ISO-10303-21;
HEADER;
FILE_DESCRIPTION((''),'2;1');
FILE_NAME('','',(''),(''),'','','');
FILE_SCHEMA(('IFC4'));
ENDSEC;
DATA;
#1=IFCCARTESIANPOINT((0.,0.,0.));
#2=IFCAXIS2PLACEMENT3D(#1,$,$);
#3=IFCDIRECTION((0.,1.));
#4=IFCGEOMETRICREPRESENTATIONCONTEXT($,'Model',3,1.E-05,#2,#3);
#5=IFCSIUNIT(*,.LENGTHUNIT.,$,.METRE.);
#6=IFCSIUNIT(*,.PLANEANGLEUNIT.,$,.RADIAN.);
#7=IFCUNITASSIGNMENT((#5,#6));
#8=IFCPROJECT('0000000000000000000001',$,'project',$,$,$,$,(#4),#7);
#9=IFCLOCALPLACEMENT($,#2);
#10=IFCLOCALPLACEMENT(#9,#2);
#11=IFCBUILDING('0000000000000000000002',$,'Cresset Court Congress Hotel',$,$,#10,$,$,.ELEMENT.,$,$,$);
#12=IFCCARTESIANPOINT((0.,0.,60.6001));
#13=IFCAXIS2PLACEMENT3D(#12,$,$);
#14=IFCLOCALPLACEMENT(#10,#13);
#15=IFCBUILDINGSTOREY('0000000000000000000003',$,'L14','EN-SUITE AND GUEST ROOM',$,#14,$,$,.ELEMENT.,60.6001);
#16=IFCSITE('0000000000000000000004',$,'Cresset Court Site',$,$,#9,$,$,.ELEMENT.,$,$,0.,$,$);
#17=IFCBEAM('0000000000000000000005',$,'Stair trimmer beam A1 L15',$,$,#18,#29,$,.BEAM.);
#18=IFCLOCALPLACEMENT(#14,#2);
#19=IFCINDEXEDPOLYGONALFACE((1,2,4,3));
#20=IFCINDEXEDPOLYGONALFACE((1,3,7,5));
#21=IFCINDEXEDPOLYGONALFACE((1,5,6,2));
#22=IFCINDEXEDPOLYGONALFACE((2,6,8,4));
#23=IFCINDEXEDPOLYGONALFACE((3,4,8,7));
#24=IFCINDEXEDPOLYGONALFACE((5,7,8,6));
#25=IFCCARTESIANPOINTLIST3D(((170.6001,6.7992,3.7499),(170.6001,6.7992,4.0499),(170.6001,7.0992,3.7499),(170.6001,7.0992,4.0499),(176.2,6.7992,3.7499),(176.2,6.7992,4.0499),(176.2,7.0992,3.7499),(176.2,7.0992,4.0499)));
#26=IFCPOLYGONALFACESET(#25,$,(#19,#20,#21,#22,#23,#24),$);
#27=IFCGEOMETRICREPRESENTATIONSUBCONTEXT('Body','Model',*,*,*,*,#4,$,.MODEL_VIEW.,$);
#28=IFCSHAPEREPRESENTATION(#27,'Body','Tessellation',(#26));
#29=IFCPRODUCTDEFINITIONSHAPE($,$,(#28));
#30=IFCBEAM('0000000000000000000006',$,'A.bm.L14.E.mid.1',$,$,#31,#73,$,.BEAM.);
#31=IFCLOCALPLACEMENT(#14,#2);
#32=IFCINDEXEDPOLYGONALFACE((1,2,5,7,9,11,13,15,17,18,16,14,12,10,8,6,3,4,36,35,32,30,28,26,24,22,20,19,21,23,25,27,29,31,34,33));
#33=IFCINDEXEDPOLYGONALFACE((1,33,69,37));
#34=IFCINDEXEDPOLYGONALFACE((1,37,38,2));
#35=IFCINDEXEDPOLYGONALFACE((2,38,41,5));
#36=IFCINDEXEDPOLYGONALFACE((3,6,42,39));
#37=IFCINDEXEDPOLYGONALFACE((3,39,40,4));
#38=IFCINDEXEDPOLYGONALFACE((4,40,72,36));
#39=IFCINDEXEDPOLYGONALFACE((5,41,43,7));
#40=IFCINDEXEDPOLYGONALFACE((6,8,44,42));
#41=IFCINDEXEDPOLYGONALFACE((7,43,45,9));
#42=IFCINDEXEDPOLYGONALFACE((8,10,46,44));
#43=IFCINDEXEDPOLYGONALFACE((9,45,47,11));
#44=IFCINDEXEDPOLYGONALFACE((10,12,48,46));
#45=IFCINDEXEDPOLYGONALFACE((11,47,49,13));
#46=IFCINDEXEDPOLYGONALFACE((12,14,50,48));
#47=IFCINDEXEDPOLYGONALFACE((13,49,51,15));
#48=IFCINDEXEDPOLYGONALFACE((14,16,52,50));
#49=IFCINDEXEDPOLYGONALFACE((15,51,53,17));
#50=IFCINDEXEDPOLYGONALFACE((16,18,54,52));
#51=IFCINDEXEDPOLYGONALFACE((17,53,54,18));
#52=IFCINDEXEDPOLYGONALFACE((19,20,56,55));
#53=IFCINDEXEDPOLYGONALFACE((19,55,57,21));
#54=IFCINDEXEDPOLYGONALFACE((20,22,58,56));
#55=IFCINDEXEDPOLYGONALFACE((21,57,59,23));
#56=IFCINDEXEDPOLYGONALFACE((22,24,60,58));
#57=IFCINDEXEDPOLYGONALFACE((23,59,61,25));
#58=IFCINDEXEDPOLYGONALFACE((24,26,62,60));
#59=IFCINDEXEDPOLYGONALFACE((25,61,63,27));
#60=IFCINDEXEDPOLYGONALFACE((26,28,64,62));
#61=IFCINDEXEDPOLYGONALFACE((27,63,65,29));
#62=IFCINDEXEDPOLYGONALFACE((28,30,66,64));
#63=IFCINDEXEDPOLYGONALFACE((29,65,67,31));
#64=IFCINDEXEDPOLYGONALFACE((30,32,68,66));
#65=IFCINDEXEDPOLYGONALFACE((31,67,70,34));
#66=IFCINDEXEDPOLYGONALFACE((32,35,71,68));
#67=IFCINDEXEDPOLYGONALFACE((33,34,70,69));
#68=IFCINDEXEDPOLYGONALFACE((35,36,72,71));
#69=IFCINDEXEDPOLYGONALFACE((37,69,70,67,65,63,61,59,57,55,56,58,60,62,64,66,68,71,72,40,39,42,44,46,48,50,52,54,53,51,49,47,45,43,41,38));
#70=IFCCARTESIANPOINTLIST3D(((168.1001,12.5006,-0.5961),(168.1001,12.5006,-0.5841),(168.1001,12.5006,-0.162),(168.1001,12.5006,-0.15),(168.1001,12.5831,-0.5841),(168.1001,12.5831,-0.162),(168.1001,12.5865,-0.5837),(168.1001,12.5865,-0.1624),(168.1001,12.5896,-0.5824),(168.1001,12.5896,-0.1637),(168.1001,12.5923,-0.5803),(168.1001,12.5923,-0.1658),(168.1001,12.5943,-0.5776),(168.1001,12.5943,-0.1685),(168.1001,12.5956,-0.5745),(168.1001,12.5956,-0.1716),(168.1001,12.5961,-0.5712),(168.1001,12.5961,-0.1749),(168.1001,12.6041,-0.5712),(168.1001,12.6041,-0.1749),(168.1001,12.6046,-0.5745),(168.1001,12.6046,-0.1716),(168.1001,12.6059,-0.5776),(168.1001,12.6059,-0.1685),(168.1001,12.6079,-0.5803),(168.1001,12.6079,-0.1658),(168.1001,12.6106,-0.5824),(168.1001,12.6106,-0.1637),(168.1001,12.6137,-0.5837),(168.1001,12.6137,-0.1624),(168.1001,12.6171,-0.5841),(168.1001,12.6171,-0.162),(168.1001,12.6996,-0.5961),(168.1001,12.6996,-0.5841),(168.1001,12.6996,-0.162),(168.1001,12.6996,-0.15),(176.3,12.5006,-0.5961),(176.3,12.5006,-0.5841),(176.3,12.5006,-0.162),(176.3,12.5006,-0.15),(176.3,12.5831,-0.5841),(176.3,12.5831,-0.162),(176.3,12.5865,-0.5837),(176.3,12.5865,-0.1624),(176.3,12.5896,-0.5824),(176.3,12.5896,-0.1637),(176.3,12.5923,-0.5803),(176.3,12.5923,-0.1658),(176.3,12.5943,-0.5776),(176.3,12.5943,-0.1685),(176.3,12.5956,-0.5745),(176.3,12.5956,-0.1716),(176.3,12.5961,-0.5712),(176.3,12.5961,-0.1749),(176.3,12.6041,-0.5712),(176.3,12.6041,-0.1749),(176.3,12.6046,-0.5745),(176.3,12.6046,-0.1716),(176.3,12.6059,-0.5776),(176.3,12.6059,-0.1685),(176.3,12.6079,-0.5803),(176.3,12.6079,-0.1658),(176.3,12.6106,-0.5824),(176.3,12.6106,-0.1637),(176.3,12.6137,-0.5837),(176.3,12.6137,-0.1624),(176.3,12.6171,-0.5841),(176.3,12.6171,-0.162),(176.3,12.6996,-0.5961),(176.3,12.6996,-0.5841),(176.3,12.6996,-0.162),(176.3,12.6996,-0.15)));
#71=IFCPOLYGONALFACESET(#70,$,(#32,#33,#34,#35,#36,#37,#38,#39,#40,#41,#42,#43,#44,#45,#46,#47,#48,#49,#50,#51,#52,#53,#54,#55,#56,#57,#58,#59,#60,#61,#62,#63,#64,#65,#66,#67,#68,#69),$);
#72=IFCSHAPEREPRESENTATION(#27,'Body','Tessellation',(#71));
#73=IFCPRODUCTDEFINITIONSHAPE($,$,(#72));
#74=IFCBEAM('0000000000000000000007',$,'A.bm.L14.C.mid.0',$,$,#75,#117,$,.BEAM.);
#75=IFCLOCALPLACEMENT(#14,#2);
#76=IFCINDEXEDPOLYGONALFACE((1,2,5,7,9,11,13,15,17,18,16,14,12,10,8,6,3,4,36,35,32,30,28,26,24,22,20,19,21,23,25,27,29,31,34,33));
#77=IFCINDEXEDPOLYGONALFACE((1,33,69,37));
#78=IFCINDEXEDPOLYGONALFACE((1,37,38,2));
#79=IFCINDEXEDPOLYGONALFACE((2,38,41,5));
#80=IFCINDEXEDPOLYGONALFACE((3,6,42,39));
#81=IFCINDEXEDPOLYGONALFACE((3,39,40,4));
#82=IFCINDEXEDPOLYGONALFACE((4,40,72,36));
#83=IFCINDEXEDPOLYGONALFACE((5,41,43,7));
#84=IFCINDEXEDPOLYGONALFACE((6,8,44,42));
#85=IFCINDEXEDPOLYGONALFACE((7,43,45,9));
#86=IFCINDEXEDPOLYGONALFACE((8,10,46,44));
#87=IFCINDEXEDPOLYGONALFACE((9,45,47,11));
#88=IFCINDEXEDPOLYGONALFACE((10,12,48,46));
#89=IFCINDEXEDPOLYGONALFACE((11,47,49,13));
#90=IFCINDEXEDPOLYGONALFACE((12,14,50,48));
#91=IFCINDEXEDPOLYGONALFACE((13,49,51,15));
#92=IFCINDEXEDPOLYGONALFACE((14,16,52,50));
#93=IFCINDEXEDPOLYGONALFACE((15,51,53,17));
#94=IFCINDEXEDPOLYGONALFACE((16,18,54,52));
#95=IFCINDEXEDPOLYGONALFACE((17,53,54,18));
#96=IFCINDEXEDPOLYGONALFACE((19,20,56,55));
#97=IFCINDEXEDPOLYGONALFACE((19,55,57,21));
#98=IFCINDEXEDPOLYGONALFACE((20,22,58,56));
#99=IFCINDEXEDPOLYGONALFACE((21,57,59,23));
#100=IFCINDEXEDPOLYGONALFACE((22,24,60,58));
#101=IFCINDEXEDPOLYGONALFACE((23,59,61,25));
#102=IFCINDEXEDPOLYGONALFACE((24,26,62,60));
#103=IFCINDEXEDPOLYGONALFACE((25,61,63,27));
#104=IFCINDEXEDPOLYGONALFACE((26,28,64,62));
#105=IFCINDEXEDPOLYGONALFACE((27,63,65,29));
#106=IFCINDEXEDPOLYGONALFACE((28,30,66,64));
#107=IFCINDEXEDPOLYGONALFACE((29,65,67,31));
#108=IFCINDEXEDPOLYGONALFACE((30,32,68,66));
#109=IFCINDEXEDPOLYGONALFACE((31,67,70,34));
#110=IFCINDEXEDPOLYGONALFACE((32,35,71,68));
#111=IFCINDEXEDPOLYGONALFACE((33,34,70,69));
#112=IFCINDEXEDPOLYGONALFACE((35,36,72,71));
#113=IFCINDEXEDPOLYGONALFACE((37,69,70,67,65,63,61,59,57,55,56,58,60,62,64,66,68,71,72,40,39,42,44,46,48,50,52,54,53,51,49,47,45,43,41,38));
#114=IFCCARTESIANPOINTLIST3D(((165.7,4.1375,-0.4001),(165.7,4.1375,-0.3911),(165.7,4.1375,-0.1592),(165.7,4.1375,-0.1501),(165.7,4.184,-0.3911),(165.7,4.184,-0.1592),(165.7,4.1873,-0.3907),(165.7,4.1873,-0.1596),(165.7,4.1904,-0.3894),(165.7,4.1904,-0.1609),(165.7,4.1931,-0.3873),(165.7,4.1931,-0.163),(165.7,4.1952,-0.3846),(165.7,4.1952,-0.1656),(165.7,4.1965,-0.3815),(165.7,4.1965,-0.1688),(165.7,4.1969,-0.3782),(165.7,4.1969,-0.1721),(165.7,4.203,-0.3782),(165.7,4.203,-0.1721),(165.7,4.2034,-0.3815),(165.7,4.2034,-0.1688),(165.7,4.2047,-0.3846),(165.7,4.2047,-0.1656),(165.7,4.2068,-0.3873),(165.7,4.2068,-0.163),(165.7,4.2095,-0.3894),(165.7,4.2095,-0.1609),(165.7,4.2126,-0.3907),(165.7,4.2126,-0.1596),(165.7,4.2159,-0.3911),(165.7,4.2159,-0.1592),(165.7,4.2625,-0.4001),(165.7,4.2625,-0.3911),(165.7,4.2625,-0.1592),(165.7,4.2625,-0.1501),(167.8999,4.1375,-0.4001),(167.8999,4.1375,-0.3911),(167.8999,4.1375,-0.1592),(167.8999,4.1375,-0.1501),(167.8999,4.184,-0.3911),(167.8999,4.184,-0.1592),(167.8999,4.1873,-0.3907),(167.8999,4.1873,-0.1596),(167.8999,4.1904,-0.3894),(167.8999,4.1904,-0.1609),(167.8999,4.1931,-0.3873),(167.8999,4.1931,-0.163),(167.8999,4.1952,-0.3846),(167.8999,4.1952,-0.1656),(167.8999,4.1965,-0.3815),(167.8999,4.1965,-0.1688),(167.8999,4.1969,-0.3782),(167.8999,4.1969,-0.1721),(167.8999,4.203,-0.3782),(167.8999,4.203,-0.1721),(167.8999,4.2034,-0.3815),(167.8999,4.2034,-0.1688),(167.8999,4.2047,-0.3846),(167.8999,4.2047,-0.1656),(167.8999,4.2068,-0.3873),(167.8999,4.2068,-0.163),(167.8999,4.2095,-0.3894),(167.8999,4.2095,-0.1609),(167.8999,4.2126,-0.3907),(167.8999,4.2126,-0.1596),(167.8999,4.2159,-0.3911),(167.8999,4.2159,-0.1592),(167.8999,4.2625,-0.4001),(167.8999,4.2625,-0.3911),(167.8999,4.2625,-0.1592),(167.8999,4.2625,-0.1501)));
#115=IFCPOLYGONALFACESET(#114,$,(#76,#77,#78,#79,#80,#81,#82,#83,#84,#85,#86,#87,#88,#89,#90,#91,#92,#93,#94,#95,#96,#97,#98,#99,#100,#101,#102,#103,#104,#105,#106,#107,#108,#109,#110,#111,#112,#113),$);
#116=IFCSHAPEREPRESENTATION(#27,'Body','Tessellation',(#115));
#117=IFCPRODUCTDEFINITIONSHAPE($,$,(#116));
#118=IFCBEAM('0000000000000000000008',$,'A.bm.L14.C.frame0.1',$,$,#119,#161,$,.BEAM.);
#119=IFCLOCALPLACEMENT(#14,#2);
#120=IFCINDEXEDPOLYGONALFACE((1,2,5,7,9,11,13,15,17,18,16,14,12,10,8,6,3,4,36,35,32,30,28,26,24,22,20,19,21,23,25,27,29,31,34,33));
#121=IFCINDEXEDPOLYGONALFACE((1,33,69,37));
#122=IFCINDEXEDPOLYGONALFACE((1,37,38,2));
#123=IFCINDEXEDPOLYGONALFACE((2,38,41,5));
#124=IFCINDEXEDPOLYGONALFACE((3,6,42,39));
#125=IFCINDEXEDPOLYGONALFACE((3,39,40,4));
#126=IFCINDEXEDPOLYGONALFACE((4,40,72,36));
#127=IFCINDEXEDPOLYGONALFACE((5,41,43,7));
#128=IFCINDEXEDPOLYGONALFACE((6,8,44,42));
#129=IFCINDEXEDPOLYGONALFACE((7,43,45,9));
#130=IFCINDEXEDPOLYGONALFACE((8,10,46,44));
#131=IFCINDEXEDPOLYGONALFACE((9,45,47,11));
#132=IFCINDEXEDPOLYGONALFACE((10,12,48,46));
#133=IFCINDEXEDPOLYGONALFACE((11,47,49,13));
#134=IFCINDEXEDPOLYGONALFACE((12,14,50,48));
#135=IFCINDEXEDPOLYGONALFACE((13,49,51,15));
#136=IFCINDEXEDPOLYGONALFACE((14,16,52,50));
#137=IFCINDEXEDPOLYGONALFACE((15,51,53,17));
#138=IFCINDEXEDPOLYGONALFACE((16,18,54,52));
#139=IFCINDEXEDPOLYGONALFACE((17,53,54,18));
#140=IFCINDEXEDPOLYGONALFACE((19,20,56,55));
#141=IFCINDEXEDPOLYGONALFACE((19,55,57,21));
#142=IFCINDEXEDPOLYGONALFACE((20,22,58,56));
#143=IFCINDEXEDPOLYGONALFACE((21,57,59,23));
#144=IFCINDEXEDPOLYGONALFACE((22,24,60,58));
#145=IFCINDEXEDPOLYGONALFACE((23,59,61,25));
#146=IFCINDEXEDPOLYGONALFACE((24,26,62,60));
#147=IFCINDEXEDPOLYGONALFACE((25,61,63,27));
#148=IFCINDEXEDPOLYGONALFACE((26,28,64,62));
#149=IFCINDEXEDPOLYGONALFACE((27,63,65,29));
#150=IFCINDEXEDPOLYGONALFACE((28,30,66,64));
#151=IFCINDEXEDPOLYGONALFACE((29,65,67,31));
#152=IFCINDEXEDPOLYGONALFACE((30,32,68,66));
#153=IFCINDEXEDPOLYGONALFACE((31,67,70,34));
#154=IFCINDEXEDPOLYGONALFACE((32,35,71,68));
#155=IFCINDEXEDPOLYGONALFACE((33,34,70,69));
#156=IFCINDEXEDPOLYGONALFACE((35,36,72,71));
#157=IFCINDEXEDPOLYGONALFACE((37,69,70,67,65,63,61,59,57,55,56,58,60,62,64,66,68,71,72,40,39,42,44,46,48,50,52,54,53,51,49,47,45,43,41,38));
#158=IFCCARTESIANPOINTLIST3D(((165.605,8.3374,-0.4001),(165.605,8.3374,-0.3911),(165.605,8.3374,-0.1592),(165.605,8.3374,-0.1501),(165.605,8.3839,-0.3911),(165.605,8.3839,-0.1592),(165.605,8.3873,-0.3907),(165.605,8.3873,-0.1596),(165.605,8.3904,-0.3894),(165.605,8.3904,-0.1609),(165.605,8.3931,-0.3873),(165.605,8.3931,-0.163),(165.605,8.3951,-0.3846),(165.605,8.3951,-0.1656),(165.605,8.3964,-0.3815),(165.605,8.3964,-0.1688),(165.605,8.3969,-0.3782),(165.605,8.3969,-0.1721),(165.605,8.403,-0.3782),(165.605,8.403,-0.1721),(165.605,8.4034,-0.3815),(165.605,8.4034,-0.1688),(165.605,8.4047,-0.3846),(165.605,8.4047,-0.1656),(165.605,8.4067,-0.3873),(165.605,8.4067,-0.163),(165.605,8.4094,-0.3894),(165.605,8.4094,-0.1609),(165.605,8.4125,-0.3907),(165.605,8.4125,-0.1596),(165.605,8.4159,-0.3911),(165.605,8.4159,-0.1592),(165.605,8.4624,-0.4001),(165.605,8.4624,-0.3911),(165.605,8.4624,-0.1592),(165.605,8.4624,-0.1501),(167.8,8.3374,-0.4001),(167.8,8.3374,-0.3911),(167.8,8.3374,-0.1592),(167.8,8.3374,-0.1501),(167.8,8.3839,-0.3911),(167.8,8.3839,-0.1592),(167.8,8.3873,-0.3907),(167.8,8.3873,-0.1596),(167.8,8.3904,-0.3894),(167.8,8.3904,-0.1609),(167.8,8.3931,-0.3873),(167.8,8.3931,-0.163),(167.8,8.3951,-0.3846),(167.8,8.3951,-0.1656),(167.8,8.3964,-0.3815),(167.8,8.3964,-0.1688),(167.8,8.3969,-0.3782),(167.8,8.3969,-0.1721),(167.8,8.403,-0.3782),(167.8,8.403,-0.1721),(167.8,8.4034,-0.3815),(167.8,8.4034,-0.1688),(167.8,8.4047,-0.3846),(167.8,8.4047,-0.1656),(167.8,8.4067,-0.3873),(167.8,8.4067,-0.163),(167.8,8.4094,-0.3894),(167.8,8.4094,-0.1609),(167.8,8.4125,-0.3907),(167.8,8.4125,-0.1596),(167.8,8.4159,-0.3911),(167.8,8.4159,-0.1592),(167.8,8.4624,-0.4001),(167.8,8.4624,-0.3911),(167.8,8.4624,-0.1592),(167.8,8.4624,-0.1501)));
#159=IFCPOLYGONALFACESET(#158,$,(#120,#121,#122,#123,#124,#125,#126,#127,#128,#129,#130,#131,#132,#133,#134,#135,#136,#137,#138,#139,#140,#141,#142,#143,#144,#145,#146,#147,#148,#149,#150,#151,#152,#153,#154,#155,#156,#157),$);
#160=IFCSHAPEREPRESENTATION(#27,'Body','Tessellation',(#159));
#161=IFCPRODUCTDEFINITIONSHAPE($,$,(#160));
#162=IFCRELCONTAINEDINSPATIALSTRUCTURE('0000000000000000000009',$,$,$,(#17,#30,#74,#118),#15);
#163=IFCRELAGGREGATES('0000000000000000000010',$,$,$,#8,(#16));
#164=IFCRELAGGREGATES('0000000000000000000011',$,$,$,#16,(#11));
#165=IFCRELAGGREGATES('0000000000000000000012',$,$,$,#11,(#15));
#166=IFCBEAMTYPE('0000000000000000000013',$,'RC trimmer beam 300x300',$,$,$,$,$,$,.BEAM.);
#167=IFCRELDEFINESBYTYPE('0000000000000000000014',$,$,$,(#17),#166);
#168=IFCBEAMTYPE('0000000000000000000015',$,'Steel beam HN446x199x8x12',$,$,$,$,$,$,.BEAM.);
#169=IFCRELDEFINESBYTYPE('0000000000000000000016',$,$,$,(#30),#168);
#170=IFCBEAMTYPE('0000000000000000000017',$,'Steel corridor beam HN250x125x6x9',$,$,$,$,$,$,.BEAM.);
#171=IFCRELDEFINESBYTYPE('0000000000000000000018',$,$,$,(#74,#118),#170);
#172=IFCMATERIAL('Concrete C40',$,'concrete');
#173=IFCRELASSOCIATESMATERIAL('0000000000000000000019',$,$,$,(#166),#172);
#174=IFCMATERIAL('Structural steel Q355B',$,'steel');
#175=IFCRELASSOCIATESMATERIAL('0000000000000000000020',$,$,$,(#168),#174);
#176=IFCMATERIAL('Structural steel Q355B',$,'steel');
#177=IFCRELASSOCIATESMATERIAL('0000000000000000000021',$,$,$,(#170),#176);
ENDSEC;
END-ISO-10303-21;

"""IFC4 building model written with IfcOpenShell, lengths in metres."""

from ifc_helpers import new_model, si_unit, direction, frame, origin, origin_2d, place, context, subcontext, project, spatial, rectangle, i_section, extrude, material, material_profile, profile_set, type_object, element, save


model = new_model("IFC4")

# Units and contexts
model_context = context("Model", 3, precision=1e-05, world=origin(), true_north=direction((0.0, 1.0)))
body_context = subcontext(model_context, "Body", "Model", "MODEL_VIEW")
ifc_project = project(units=[si_unit("LENGTHUNIT", "METRE"), si_unit("PLANEANGLEUNIT", "RADIAN")], contexts=[model_context])

# Site, building, storey
site_placement = place(None, origin())
site = spatial("IfcSite", under=ifc_project, at=site_placement, Name="Cresset Court Site", CompositionType="ELEMENT", RefElevation=0.0)
building_placement = place(site_placement, origin())
building = spatial("IfcBuilding", under=site, at=building_placement, Name="Cresset Court Congress Hotel", CompositionType="ELEMENT")
storey_placement = place(building_placement, frame((0.0, 0.0, 60.6001)))
storey = spatial("IfcBuildingStorey", under=building, at=storey_placement, Name="L14", Description="EN-SUITE AND GUEST ROOM", CompositionType="ELEMENT", Elevation=60.6001)

# Beams
ifc_material_1 = material(Name="Concrete C40", Category="concrete")
ifc_material_profile_1 = material_profile(ifc_material_1, rectangle(XDim=0.3, YDim=0.3, at=origin_2d()), Name="RC300x300")
ifc_profile_set_1 = profile_set([ifc_material_profile_1], Name="Concrete C40")
beam_type_1 = type_object("IfcBeamType", Name="RC trimmer beam 300x300", PredefinedType="BEAM", material=ifc_profile_set_1)
beam_1_placement = place(storey_placement, frame((170.6001, 6.9492, 3.8999), z_axis=(1.0, 0.0, 0.0), x_axis=(0.0, 1.0, 0.0)))
element("IfcBeam", 1, at=beam_1_placement, inside=storey, type_object=beam_type_1, Name="Stair trimmer beam A1 L15", PredefinedType="BEAM", context=body_context, shape_type="SweptSolid", body=[
    extrude(rectangle(XDim=0.3, YDim=0.3, at=origin_2d()), origin(), (0.0, 0.0, 1.0), 5.5999),
])
ifc_material_2 = material(Name="Structural steel Q355B", Category="steel")
ifc_material_profile_2 = material_profile(ifc_material_2, i_section(OverallWidth=0.199, OverallDepth=0.446, WebThickness=0.0081, FlangeThickness=0.012, FilletRadius=0.0129, at=origin_2d()), Name="HN446x199x8x12")
ifc_profile_set_2 = profile_set([ifc_material_profile_2], Name="Structural steel Q355B")
beam_type_2 = type_object("IfcBeamType", Name="Steel beam HN446x199x8x12", PredefinedType="BEAM", material=ifc_profile_set_2)
beam_2_placement = place(storey_placement, frame((168.1001, 12.6001, -0.373), z_axis=(1.0, 0.0, 0.0), x_axis=(0.0, 1.0, 0.0)))
element("IfcBeam", 2, at=beam_2_placement, inside=storey, type_object=beam_type_2, Name="A.bm.L14.E.mid.1", PredefinedType="BEAM", context=body_context, shape_type="SweptSolid", body=[
    extrude(i_section(OverallWidth=0.199, OverallDepth=0.446, WebThickness=0.0081, FlangeThickness=0.012, FilletRadius=0.0129, at=origin_2d()), origin(), (0.0, 0.0, 1.0), 8.2),
])
ifc_material_3 = material(Name="Structural steel Q355B", Category="steel")
ifc_material_profile_3 = material_profile(ifc_material_3, i_section(OverallWidth=0.125, OverallDepth=0.25, WebThickness=0.0061, FlangeThickness=0.009, FilletRadius=0.0129, at=origin_2d()), Name="HN250x125x6x9")
ifc_profile_set_3 = profile_set([ifc_material_profile_3], Name="Structural steel Q355B")
beam_type_3 = type_object("IfcBeamType", Name="Steel corridor beam HN250x125x6x9", PredefinedType="BEAM", material=ifc_profile_set_3)
beam_3_placement = place(storey_placement, frame((165.7, 4.2, -0.2751), z_axis=(1.0, 0.0, 0.0), x_axis=(0.0, 1.0, 0.0)))
element("IfcBeam", 3, at=beam_3_placement, inside=storey, type_object=beam_type_3, Name="A.bm.L14.C.mid.0", PredefinedType="BEAM", context=body_context, shape_type="SweptSolid", body=[
    extrude(i_section(OverallWidth=0.125, OverallDepth=0.25, WebThickness=0.0061, FlangeThickness=0.009, FilletRadius=0.0129, at=origin_2d()), origin(), (0.0, 0.0, 1.0), 2.2),
])
beam_4_placement = place(storey_placement, frame((165.605, 8.3999, -0.2751), z_axis=(1.0, 0.0, 0.0), x_axis=(0.0, 1.0, 0.0)))
element("IfcBeam", 4, at=beam_4_placement, inside=storey, type_object=beam_type_3, Name="A.bm.L14.C.frame0.1", PredefinedType="BEAM", context=body_context, shape_type="SweptSolid", body=[
    extrude(i_section(OverallWidth=0.125, OverallDepth=0.25, WebThickness=0.0061, FlangeThickness=0.009, FilletRadius=0.0129, at=origin_2d()), origin(), (0.0, 0.0, 1.0), 2.1951),
])

save(model, "model.ifc")
